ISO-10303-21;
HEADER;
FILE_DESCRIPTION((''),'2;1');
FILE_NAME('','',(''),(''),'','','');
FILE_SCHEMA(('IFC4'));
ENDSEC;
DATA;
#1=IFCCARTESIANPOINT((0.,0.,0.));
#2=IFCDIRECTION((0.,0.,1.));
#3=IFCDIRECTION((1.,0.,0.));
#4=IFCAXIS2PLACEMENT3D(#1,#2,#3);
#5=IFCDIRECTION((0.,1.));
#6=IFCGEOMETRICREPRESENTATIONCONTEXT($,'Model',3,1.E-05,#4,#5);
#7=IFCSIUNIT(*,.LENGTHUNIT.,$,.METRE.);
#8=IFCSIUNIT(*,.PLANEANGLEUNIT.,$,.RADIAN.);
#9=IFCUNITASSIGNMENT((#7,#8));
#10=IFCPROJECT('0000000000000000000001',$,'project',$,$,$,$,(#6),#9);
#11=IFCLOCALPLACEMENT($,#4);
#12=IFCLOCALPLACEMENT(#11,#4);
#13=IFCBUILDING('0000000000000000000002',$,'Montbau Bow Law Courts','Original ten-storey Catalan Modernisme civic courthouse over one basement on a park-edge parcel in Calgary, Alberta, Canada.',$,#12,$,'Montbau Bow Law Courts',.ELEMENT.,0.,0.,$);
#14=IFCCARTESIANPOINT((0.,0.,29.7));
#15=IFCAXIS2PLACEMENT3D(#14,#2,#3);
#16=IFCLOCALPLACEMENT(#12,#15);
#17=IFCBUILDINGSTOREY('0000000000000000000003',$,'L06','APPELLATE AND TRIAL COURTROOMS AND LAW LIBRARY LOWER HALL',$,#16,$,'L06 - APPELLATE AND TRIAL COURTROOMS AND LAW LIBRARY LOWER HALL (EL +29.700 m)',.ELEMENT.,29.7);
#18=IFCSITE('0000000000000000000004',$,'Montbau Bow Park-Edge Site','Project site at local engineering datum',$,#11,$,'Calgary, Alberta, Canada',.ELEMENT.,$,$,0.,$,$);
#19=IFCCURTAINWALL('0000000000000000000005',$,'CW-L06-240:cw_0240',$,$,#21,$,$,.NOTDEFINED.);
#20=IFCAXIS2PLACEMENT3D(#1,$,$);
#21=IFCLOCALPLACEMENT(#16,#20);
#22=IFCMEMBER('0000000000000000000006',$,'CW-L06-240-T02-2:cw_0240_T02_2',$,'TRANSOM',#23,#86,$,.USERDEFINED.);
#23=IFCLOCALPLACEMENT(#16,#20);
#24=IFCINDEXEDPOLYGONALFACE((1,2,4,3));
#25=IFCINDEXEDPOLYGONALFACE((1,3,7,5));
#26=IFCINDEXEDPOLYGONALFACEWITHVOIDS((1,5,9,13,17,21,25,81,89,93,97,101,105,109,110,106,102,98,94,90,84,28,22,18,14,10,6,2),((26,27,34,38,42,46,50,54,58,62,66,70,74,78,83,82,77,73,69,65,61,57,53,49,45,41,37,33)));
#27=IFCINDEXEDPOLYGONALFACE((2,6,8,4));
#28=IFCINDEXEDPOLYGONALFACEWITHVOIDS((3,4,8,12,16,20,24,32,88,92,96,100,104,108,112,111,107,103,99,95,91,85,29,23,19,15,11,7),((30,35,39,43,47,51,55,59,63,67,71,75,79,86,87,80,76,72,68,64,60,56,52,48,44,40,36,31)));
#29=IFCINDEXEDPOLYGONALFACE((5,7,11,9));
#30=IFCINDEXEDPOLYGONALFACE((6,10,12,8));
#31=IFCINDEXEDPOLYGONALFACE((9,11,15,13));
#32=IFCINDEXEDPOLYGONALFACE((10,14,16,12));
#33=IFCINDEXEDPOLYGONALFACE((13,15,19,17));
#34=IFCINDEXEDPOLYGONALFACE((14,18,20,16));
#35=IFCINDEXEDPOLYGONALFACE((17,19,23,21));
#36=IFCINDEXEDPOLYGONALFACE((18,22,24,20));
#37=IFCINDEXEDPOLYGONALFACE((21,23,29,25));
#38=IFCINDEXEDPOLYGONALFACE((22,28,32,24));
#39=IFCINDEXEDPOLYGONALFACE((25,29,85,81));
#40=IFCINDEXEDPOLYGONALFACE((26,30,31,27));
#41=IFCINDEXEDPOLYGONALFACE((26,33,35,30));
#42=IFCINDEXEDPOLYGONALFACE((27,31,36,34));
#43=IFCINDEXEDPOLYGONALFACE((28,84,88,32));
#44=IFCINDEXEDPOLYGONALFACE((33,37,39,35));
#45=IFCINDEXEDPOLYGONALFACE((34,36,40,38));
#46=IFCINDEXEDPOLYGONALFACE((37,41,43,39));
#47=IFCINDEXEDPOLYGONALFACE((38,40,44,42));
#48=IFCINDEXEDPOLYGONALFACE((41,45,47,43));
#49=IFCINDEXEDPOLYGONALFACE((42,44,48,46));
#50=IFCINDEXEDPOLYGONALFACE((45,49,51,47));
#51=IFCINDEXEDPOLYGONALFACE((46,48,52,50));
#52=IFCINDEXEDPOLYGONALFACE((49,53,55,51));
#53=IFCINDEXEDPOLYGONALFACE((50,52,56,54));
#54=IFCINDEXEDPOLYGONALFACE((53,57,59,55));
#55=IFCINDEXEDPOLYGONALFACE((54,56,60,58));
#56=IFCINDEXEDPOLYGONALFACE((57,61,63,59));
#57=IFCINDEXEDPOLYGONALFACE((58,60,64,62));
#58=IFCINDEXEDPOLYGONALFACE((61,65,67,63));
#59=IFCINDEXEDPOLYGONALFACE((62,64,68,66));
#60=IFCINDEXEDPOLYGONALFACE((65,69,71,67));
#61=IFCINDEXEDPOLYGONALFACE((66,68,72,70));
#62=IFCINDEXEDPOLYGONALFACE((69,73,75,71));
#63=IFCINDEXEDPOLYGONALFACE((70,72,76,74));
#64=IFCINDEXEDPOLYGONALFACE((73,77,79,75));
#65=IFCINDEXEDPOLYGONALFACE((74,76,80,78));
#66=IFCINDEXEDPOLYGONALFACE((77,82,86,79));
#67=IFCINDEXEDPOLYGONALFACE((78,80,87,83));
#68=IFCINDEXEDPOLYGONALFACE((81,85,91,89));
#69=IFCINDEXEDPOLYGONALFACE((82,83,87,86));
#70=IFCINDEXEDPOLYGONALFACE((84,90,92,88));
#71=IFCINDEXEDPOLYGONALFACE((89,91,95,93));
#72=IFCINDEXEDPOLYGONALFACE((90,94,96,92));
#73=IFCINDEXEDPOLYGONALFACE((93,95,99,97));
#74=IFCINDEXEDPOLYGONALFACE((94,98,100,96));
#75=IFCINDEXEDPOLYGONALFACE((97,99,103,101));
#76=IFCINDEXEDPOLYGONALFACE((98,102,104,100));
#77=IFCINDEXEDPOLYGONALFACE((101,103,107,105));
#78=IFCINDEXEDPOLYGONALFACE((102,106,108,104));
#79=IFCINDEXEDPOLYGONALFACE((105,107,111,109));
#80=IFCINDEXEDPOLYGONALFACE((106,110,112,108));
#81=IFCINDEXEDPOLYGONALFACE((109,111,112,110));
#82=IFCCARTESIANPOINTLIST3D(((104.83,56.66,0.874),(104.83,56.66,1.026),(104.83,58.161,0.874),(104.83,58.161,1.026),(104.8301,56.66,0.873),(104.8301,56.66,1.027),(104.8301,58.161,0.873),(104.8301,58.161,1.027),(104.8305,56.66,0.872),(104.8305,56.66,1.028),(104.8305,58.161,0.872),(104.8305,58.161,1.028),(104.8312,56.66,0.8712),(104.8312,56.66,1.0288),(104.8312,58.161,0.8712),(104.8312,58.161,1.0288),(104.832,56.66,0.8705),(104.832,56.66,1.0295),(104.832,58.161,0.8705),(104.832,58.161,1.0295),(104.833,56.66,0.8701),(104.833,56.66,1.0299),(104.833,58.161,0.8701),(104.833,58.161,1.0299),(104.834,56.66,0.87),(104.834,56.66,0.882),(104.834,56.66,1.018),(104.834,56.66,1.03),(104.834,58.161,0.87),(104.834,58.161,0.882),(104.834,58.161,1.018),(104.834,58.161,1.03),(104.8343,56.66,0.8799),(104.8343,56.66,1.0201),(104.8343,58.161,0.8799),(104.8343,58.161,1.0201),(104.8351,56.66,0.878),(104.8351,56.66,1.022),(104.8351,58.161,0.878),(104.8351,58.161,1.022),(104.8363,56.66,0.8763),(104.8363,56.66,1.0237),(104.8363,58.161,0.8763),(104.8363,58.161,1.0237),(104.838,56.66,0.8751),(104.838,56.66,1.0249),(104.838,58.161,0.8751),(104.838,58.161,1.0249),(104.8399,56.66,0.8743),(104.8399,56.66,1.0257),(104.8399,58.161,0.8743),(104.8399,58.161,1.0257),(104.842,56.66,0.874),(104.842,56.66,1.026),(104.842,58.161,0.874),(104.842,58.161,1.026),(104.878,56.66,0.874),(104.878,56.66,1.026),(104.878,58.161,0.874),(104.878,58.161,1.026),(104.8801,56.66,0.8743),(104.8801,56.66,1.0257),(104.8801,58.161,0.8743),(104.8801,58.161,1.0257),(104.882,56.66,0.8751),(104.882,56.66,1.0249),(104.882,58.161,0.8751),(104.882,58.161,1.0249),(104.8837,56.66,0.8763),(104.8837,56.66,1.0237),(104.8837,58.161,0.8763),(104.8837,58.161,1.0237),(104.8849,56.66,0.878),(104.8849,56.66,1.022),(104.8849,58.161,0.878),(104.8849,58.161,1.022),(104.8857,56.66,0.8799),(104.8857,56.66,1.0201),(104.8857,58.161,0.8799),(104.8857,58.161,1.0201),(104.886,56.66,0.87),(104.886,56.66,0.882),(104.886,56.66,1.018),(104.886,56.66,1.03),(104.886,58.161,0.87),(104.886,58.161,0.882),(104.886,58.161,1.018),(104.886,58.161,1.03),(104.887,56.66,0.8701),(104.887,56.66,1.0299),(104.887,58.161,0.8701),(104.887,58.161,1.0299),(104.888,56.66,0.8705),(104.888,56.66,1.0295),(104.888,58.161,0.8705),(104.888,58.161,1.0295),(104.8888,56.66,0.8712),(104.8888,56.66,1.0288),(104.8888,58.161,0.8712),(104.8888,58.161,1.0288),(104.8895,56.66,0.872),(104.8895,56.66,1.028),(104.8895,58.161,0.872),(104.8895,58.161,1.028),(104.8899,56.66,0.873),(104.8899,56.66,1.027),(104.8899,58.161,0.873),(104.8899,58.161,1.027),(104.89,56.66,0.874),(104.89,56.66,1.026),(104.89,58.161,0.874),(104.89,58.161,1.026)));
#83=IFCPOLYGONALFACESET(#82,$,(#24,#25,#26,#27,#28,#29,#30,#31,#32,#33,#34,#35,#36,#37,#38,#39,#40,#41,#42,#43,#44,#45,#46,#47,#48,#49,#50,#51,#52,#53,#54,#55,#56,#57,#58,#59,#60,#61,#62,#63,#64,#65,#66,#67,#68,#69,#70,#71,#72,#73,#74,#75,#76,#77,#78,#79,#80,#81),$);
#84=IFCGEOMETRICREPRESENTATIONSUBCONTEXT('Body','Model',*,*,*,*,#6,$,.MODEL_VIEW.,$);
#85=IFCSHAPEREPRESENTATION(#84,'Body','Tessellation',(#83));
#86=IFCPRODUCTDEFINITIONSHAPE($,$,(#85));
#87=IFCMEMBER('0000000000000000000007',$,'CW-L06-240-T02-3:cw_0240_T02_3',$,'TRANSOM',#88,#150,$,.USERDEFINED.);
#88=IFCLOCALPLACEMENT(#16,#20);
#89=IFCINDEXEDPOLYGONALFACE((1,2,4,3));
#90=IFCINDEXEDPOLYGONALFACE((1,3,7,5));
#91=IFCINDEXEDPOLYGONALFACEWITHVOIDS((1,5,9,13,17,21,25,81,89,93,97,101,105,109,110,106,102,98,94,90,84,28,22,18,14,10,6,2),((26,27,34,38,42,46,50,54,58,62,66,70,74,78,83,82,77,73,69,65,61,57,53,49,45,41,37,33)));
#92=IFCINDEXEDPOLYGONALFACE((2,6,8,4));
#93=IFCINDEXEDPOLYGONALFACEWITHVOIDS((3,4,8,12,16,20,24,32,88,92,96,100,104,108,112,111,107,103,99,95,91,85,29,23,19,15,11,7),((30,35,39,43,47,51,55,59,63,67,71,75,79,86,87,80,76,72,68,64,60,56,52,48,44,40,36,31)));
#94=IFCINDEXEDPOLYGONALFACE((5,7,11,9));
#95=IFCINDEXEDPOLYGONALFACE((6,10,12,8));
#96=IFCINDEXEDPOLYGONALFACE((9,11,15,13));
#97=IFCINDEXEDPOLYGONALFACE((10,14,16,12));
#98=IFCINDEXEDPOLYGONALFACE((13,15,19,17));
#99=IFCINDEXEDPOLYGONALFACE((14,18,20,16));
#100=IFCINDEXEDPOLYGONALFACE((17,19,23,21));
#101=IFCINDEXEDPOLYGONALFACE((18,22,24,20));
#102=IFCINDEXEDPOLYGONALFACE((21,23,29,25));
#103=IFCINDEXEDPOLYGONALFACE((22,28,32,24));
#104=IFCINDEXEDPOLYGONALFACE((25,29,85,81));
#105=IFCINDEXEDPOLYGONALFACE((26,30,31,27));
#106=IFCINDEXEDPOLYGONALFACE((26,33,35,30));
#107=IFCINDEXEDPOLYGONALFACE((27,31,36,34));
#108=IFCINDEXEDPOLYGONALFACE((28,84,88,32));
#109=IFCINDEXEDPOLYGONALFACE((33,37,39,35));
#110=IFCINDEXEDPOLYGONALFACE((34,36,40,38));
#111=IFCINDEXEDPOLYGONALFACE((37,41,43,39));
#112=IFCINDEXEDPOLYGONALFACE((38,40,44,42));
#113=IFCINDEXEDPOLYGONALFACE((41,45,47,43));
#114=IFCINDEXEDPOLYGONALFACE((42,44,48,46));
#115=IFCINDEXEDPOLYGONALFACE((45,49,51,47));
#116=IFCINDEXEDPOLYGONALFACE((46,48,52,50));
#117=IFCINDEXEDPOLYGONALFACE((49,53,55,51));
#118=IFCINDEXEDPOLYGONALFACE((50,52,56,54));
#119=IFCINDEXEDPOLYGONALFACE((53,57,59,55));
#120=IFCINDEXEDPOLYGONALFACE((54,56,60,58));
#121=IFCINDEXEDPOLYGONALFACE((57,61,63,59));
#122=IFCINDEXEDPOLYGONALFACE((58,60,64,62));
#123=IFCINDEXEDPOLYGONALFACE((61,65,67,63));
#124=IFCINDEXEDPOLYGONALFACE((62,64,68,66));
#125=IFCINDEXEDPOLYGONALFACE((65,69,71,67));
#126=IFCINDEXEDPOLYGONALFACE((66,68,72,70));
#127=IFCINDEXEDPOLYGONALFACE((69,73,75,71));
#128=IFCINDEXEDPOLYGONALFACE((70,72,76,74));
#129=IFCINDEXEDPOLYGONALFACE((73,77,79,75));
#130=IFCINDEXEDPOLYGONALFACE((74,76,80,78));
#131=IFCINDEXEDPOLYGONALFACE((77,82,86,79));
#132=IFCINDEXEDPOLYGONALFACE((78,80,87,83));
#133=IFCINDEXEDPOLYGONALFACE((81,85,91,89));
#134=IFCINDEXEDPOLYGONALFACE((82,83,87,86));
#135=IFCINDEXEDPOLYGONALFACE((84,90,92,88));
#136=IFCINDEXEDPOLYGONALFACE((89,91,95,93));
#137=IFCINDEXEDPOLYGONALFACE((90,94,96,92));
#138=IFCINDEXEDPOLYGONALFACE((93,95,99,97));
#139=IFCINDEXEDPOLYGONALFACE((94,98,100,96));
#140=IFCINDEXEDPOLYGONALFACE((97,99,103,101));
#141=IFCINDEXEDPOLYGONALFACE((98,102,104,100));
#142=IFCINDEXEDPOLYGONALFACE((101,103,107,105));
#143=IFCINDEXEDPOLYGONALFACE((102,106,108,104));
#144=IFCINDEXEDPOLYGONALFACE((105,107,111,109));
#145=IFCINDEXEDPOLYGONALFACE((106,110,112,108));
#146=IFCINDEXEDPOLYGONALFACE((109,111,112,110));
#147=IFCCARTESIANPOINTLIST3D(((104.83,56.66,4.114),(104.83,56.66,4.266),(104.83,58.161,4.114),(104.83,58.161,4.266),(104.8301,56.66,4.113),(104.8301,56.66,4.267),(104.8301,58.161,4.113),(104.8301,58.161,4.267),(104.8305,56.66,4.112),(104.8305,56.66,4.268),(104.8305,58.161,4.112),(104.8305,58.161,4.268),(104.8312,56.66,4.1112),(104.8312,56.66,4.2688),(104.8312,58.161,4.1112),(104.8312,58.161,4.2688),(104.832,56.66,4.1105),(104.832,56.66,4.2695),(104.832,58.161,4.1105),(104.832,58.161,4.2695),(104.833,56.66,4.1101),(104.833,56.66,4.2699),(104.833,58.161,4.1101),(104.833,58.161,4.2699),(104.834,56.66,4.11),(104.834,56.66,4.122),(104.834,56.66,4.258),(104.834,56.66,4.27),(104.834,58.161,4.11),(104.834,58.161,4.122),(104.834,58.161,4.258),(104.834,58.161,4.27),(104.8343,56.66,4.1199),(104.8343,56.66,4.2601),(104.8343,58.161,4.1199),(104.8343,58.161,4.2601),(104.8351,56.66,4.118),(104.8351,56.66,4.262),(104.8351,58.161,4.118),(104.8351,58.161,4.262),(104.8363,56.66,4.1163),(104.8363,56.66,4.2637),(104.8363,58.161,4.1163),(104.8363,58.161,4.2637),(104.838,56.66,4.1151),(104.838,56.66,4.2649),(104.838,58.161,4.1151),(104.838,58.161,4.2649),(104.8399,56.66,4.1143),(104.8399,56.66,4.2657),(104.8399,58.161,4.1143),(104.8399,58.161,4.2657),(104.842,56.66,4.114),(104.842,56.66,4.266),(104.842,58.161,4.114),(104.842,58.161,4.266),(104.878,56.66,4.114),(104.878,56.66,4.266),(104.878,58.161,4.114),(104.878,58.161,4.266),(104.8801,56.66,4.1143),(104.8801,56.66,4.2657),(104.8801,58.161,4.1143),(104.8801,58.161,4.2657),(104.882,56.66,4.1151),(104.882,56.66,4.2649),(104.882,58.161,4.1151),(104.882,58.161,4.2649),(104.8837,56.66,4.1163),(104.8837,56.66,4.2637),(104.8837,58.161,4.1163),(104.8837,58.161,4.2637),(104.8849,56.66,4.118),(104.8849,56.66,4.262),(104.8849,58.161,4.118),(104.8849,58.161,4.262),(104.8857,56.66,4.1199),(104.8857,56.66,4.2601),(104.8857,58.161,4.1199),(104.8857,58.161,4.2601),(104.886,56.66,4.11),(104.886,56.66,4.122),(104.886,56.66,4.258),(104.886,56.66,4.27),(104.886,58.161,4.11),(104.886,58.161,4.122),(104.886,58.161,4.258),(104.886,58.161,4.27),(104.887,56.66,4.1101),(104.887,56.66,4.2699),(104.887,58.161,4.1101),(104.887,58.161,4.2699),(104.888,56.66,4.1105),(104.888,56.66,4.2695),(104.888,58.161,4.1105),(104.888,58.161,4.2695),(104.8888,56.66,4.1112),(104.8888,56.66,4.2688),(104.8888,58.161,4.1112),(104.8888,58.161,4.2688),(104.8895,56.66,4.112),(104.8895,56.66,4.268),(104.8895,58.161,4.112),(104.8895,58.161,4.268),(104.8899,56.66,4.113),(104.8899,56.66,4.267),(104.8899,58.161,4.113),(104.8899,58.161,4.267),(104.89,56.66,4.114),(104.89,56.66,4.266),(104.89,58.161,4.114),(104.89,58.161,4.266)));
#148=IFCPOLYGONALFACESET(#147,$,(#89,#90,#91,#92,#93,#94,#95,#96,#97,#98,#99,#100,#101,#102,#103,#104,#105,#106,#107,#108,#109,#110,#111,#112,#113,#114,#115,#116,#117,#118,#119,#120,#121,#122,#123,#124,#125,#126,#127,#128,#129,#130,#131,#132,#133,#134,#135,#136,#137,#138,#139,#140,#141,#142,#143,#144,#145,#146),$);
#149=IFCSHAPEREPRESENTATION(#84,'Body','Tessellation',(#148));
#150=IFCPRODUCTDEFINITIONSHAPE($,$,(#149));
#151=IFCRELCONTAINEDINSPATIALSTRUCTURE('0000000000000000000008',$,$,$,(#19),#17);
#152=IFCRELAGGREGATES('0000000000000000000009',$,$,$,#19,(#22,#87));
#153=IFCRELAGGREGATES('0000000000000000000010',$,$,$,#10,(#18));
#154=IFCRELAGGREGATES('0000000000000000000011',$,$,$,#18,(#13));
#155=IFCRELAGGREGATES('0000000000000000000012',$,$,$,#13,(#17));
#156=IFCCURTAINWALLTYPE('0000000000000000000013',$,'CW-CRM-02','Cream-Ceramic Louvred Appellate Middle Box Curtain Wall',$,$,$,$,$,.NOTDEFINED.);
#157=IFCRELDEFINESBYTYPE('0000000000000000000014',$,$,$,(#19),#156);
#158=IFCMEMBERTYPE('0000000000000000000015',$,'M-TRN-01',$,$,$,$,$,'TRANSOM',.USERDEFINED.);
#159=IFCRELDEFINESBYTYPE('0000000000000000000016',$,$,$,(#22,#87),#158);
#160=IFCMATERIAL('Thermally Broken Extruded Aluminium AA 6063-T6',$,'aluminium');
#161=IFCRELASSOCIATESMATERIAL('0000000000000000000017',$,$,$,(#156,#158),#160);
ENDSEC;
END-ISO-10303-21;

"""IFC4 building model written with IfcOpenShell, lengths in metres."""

from ifc_helpers import new_model, si_unit, direction, frame, origin_with_axes, origin_2d_with_axis, place, context, subcontext, project, spatial, hollow_rectangle, extrude, material, material_profile, profile_set, type_object, element, aggregate, save


model = new_model("IFC4")

# Units and contexts
model_context = context("Model", 3, precision=1e-05, world=origin_with_axes(), true_north=direction((0.0, 1.0)))
body_context = subcontext(model_context, "Body", "Model", "MODEL_VIEW")
ifc_project = project(units=[si_unit("LENGTHUNIT", "METRE"), si_unit("PLANEANGLEUNIT", "RADIAN")], contexts=[model_context])

# Site, building, storey
site_placement = place(None, origin_with_axes())
site = spatial("IfcSite", under=ifc_project, at=site_placement, Name="Montbau Bow Park-Edge Site", Description="Project site at local engineering datum", LongName="Calgary, Alberta, Canada", CompositionType="ELEMENT", RefElevation=0.0)
building_placement = place(site_placement, origin_with_axes())
building = spatial("IfcBuilding", under=site, at=building_placement, Name="Montbau Bow Law Courts", Description="Original ten-storey Catalan Modernisme civic courthouse over one basement on a park-edge parcel in Calgary, Alberta, Canada.", LongName="Montbau Bow Law Courts", CompositionType="ELEMENT", ElevationOfRefHeight=0.0, ElevationOfTerrain=0.0)
storey_placement = place(building_placement, frame((0.0, 0.0, 29.7), z_axis=(0.0, 0.0, 1.0), x_axis=(1.0, 0.0, 0.0)))
storey = spatial("IfcBuildingStorey", under=building, at=storey_placement, Name="L06", Description="APPELLATE AND TRIAL COURTROOMS AND LAW LIBRARY LOWER HALL", LongName="L06 - APPELLATE AND TRIAL COURTROOMS AND LAW LIBRARY LOWER HALL (EL +29.700 m)", CompositionType="ELEMENT", Elevation=29.7)

# Curtain wall
ifc_material_1 = material(Name="Thermally Broken Extruded Aluminium AA 6063-T6", Category="aluminium")
curtain_wall_type = type_object("IfcCurtainWallType", Name="CW-CRM-02", Description="Cream-Ceramic Louvred Appellate Middle Box Curtain Wall", PredefinedType="NOTDEFINED", material=ifc_material_1)
curtain_wall_1_placement = place(None, frame((104.86, 55.04, 29.7), z_axis=(0.0, 0.0, 1.0), x_axis=(1.0, 0.0, 0.0)))
curtain_wall_1 = element("IfcCurtainWall", 1, at=curtain_wall_1_placement, inside=storey, type_object=curtain_wall_type, Name="CW-L06-240:cw_0240", PredefinedType="NOTDEFINED")

# Members
ifc_material_profile_1 = material_profile(ifc_material_1, hollow_rectangle(XDim=0.06, YDim=0.16, WallThickness=0.004, InnerFilletRadius=0.008, OuterFilletRadius=0.004, at=origin_2d_with_axis()), Name="CWT-160X60", Category="Main", Priority=0)
ifc_profile_set_1 = profile_set([ifc_material_profile_1], Name="Thermally Broken Extruded Aluminium AA 6063-T6")
member_type_1 = type_object("IfcMemberType", Name="M-TRN-01", ElementType="TRANSOM", PredefinedType="USERDEFINED", material=ifc_profile_set_1)
member_1_placement = place(None, frame((104.86, 56.66, 30.65), z_axis=(0.0, 1.0, 0.0), x_axis=(-1.0, 0.0, 0.0)))
member_1 = element("IfcMember", 2, at=member_1_placement, type_object=member_type_1, Name="CW-L06-240-T02-2:cw_0240_T02_2", ObjectType="TRANSOM", PredefinedType="USERDEFINED", context=body_context, shape_type="SweptSolid", body=[
    extrude(hollow_rectangle(XDim=0.06, YDim=0.16, WallThickness=0.004, InnerFilletRadius=0.008, OuterFilletRadius=0.004, at=origin_2d_with_axis()), origin_with_axes(), (0.0, 0.0, 1.0), 1.501),
])
member_2_placement = place(None, frame((104.86, 56.66, 33.89), z_axis=(0.0, 1.0, 0.0), x_axis=(-1.0, 0.0, 0.0)))
member_2 = element("IfcMember", 3, at=member_2_placement, type_object=member_type_1, Name="CW-L06-240-T02-3:cw_0240_T02_3", ObjectType="TRANSOM", PredefinedType="USERDEFINED", context=body_context, shape_type="SweptSolid", body=[
    extrude(hollow_rectangle(XDim=0.06, YDim=0.16, WallThickness=0.004, InnerFilletRadius=0.008, OuterFilletRadius=0.004, at=origin_2d_with_axis()), origin_with_axes(), (0.0, 0.0, 1.0), 1.501),
])

aggregate(curtain_wall_1, [member_1, member_2])

save(model, "model.ifc")
